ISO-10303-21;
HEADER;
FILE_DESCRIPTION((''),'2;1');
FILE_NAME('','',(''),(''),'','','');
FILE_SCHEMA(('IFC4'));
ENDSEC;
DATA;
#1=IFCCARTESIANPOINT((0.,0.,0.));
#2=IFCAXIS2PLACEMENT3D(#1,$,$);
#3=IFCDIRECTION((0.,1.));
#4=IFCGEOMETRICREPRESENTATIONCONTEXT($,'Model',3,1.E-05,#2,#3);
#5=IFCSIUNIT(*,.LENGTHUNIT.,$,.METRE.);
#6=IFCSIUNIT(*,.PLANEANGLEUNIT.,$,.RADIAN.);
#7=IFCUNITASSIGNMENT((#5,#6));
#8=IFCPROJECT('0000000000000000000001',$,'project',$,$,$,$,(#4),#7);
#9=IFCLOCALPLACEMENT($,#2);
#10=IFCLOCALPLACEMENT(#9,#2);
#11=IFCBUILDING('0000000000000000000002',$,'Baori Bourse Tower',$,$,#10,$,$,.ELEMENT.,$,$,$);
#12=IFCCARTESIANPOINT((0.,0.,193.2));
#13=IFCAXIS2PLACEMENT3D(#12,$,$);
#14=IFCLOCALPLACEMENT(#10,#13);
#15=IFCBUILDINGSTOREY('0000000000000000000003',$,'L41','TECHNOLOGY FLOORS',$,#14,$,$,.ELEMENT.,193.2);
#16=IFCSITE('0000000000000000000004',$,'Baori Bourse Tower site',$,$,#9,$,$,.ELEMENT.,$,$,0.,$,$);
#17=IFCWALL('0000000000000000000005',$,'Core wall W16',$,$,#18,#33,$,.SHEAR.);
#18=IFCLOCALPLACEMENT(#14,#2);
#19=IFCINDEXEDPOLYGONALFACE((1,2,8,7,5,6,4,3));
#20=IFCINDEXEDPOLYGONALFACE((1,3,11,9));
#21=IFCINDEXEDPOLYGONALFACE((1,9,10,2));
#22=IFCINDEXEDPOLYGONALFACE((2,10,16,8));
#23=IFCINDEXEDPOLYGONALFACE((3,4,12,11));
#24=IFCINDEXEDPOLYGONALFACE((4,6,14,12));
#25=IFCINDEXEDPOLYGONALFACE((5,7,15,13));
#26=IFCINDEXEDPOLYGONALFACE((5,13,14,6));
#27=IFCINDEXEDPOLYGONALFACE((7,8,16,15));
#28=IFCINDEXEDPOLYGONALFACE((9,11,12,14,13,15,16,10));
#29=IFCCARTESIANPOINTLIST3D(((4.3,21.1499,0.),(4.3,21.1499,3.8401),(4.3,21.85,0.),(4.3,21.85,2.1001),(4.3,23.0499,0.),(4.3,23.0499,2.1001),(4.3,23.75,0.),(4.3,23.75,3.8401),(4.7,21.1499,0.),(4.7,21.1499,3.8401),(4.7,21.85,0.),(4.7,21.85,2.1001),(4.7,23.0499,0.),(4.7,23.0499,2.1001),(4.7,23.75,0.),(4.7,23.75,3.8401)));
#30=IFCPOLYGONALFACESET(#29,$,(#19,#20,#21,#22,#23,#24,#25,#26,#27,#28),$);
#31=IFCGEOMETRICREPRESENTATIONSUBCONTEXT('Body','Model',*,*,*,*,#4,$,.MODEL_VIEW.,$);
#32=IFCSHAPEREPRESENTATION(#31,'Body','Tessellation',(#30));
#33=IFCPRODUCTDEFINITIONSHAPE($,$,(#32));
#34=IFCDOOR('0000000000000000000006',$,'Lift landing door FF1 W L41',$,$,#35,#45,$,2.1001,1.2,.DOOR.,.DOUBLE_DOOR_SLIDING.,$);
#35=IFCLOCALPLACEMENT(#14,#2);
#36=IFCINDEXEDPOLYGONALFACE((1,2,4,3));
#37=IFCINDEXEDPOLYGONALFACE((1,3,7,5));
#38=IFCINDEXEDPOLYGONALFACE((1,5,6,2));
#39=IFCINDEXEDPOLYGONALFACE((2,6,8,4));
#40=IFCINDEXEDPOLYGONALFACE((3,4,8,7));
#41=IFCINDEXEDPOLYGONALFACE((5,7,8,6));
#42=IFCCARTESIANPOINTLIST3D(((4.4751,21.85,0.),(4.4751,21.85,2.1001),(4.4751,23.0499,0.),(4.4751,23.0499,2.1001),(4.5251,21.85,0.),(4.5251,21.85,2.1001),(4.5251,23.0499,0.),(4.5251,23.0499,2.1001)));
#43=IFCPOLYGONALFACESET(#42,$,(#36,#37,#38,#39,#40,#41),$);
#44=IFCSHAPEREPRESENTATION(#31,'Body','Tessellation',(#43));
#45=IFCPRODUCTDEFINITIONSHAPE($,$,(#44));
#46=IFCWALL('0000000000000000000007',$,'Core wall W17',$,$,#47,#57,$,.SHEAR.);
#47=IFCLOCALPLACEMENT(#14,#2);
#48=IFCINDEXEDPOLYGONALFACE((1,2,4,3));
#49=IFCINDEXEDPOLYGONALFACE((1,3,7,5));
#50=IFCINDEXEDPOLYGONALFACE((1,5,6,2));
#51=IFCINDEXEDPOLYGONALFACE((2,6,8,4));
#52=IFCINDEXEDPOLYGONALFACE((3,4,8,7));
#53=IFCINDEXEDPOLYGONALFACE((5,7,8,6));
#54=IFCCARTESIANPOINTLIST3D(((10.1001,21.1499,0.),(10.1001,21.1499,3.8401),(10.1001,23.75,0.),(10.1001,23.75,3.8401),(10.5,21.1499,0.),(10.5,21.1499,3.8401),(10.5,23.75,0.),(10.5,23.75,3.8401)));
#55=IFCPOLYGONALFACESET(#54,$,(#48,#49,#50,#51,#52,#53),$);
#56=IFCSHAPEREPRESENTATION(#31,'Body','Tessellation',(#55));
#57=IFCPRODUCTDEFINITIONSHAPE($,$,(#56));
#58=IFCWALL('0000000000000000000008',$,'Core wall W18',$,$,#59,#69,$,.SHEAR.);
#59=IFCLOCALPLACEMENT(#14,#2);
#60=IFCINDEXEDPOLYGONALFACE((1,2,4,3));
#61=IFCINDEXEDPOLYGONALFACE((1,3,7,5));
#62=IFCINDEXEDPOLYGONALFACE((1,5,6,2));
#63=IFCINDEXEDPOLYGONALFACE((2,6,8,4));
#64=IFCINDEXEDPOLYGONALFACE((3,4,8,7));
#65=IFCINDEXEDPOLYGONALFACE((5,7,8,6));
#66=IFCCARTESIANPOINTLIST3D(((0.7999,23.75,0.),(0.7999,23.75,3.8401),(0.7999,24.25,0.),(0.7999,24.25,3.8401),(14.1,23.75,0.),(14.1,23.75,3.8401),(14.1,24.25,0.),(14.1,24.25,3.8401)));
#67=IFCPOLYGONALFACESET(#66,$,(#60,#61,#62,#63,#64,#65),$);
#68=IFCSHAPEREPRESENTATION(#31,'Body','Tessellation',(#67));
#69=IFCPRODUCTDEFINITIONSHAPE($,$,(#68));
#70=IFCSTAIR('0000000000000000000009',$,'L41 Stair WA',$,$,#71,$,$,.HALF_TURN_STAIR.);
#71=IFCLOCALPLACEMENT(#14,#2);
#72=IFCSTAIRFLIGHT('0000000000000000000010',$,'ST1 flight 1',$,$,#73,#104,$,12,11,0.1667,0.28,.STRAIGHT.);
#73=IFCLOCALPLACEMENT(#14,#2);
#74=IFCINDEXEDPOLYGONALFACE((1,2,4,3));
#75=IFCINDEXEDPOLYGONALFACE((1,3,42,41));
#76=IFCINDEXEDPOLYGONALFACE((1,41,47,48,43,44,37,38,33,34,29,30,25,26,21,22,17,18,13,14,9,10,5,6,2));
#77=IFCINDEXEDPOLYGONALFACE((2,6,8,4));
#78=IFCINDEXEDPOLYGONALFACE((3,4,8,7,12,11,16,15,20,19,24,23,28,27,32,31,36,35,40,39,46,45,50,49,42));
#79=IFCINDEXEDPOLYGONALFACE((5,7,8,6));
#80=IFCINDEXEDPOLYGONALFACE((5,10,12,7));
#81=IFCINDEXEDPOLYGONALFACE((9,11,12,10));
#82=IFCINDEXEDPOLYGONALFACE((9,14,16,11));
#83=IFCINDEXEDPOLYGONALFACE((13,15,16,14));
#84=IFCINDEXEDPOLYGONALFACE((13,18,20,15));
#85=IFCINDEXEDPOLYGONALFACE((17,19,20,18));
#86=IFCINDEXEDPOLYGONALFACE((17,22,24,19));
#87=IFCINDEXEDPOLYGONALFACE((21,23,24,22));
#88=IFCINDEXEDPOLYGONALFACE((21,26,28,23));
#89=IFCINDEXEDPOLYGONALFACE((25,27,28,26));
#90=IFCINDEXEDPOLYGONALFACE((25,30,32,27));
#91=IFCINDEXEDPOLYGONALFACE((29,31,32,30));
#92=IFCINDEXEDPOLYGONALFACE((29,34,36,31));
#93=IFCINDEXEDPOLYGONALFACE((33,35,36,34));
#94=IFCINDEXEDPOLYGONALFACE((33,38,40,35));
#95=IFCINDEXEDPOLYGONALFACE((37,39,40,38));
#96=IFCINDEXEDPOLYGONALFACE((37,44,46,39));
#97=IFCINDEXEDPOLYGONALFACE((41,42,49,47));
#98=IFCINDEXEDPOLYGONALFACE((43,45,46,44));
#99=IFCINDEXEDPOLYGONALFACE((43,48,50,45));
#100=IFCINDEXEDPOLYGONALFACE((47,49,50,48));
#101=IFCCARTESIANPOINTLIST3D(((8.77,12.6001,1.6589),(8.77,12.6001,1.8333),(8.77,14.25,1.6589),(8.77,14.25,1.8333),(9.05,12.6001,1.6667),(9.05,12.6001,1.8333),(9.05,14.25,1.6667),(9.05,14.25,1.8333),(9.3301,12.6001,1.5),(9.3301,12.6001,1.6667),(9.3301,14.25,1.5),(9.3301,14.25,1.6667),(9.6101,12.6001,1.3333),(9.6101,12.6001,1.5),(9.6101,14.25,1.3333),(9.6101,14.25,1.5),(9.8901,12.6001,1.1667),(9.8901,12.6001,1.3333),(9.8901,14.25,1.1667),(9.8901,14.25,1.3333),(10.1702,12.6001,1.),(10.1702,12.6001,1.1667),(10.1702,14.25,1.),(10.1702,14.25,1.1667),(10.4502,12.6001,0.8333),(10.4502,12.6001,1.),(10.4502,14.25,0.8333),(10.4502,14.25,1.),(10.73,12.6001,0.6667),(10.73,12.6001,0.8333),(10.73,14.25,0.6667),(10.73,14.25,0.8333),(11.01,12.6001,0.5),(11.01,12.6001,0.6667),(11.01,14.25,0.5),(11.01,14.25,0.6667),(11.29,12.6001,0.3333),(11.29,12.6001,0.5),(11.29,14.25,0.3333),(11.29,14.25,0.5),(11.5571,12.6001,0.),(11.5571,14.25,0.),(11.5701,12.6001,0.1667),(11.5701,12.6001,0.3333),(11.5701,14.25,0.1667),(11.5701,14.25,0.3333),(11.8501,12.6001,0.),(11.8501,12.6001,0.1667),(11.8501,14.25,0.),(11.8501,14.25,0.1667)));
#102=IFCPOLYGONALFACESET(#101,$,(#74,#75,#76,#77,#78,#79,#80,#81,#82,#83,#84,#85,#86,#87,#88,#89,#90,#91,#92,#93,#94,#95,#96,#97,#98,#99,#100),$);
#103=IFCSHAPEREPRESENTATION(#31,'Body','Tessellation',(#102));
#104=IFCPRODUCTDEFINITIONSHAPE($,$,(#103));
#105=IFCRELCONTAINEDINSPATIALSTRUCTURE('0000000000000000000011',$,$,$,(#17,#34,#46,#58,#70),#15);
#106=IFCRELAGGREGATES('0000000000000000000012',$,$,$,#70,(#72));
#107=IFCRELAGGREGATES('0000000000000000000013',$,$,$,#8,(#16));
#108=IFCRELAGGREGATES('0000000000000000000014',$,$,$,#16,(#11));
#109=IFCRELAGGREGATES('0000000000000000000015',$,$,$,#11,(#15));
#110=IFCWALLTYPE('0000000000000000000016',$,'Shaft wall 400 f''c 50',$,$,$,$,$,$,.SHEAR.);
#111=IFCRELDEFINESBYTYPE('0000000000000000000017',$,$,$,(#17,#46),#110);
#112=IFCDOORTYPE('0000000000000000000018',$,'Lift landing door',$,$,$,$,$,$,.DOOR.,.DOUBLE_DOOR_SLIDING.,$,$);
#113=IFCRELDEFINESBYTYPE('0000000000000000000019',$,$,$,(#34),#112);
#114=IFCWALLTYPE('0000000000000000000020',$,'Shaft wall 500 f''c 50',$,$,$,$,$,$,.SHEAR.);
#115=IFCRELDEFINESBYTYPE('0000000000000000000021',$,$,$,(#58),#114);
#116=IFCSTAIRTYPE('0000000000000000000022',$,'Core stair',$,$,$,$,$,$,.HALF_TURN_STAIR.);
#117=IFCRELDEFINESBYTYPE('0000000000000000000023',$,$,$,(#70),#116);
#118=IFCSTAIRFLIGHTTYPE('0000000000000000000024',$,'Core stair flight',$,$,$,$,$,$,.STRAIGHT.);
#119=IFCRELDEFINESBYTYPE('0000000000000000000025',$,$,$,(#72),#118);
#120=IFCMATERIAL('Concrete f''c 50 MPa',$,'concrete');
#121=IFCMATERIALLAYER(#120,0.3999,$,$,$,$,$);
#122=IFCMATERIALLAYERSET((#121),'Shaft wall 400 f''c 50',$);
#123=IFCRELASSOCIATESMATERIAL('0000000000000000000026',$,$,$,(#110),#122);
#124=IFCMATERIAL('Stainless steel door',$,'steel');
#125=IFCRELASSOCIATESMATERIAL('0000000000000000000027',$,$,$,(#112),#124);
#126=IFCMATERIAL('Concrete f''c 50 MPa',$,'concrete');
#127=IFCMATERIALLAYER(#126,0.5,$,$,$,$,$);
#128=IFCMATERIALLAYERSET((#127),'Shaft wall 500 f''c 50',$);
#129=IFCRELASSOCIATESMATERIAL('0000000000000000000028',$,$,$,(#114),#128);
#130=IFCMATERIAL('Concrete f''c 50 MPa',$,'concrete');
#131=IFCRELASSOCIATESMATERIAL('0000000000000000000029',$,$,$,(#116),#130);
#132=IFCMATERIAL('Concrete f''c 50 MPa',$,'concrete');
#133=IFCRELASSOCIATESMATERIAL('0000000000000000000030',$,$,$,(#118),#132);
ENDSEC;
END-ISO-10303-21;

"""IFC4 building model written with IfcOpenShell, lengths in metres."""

from ifc_helpers import new_model, si_unit, direction, frame, frame_2d, origin, place, context, subcontext, project, spatial, polyline, rectangle, outline, extrude, material, layer, layer_set, type_object, element, fill, aggregate, save


model = new_model("IFC4")

# Units and contexts
model_context = context("Model", 3, precision=1e-05, world=origin(), true_north=direction((0.0, 1.0)))
body_context = subcontext(model_context, "Body", "Model", "MODEL_VIEW")
ifc_project = project(units=[si_unit("LENGTHUNIT", "METRE"), si_unit("PLANEANGLEUNIT", "RADIAN")], contexts=[model_context])

# Site, building, storey
site_placement = place(None, origin())
site = spatial("IfcSite", under=ifc_project, at=site_placement, Name="Baori Bourse Tower site", CompositionType="ELEMENT", RefElevation=0.0)
building_placement = place(site_placement, origin())
building = spatial("IfcBuilding", under=site, at=building_placement, Name="Baori Bourse Tower", CompositionType="ELEMENT")
storey_placement = place(building_placement, frame((0.0, 0.0, 193.2)))
storey = spatial("IfcBuildingStorey", under=building, at=storey_placement, Name="L41", Description="TECHNOLOGY FLOORS", CompositionType="ELEMENT", Elevation=193.2)

# Shared definitions
ifc_material_1 = material(Name="Concrete f'c 50 MPa", Category="concrete")
ifc_layer_1 = layer(ifc_material_1, 0.3999)
ifc_layer_set_1 = layer_set([ifc_layer_1], Name="Shaft wall 400 f'c 50")
wall_type_1 = type_object("IfcWallType", Name="Shaft wall 400 f'c 50", PredefinedType="SHEAR", material=ifc_layer_set_1)

# Wall, opening, door
wall_1_placement = place(storey_placement, frame((4.5, 21.1499, 0.0), z_axis=(0.0, 0.0, 1.0), x_axis=(0.0, 1.0, 0.0)))
wall_1 = element("IfcWall", 1, at=wall_1_placement, inside=storey, type_object=wall_type_1, Name="Core wall W16", PredefinedType="SHEAR", context=body_context, shape_type="SweptSolid", body=[
    extrude(rectangle(XDim=2.6001, YDim=0.3999, at=frame_2d((1.3, 0.0))), origin(), (0.0, 0.0, 1.0), 3.8401),
])
opening_1_placement = place(wall_1_placement, frame((0.7, 0.0, 0.0)))
opening_1 = element("IfcOpeningElement", 2, at=opening_1_placement, cuts=wall_1, PredefinedType="OPENING", context=body_context, shape_type="SweptSolid", body=[
    extrude(rectangle(XDim=1.2, YDim=2.1001, at=frame_2d((0.6001, 1.05))), frame((0.0, 0.21, 0.0), z_axis=(0.0, -1.0, 0.0), x_axis=(1.0, 0.0, 0.0)), (0.0, 0.0, 1.0), 0.4199),
])
ifc_material_2 = material(Name="Stainless steel door", Category="steel")
door_type_1 = type_object("IfcDoorType", Name="Lift landing door", OperationType="DOUBLE_DOOR_SLIDING", PredefinedType="DOOR", material=ifc_material_2)
door_1_placement = place(opening_1_placement, origin())
door_1 = element("IfcDoor", 3, at=door_1_placement, inside=storey, type_object=door_type_1, Name="Lift landing door FF1 W L41", OperationType="DOUBLE_DOOR_SLIDING", OverallHeight=2.1001, OverallWidth=1.2, PredefinedType="DOOR", context=body_context, shape_type="SweptSolid", body=[
    extrude(rectangle(XDim=1.2, YDim=2.1001, at=frame_2d((0.6001, 1.05))), frame((0.0, 0.0249, 0.0), z_axis=(0.0, -1.0, 0.0), x_axis=(1.0, 0.0, 0.0)), (0.0, 0.0, 1.0), 0.05),
])
fill(opening_1, door_1)

# Walls
wall_2_placement = place(storey_placement, frame((10.3, 21.1499, 0.0), z_axis=(0.0, 0.0, 1.0), x_axis=(0.0, 1.0, 0.0)))
element("IfcWall", 4, at=wall_2_placement, inside=storey, type_object=wall_type_1, Name="Core wall W17", PredefinedType="SHEAR", context=body_context, shape_type="SweptSolid", body=[
    extrude(rectangle(XDim=2.6001, YDim=0.3999, at=frame_2d((1.3, 0.0))), origin(), (0.0, 0.0, 1.0), 3.8401),
])
ifc_material_3 = material(Name="Concrete f'c 50 MPa", Category="concrete")
ifc_layer_2 = layer(ifc_material_3, 0.5)
ifc_layer_set_2 = layer_set([ifc_layer_2], Name="Shaft wall 500 f'c 50")
wall_type_2 = type_object("IfcWallType", Name="Shaft wall 500 f'c 50", PredefinedType="SHEAR", material=ifc_layer_set_2)
wall_3_placement = place(storey_placement, frame((0.8, 24.0, 0.0), z_axis=(0.0, 0.0, 1.0), x_axis=(1.0, 0.0, 0.0)))
element("IfcWall", 5, at=wall_3_placement, inside=storey, type_object=wall_type_2, Name="Core wall W18", PredefinedType="SHEAR", context=body_context, shape_type="SweptSolid", body=[
    extrude(rectangle(XDim=13.3, YDim=0.5, at=frame_2d((6.6499, 0.0))), origin(), (0.0, 0.0, 1.0), 3.8401),
])

# Stair, stair flight
ifc_material_4 = material(Name="Concrete f'c 50 MPa", Category="concrete")
stair_type = type_object("IfcStairType", Name="Core stair", PredefinedType="HALF_TURN_STAIR", material=ifc_material_4)
stair_placement = place(storey_placement, origin())
stair = element("IfcStair", 6, at=stair_placement, inside=storey, type_object=stair_type, Name="L41 Stair WA", PredefinedType="HALF_TURN_STAIR")
ifc_material_5 = material(Name="Concrete f'c 50 MPa", Category="concrete")
stair_flight_type = type_object("IfcStairFlightType", Name="Core stair flight", PredefinedType="STRAIGHT", material=ifc_material_5)
stair_flight_placement = place(storey_placement, frame((11.8501, 13.425, 0.0), z_axis=(0.0, 0.0, 1.0), x_axis=(-1.0, 0.0, 0.0)))
stair_flight = element("IfcStairFlight", 7, at=stair_flight_placement, type_object=stair_flight_type, Name="ST1 flight 1", NumberOfRisers=12, NumberOfTreads=11, PredefinedType="STRAIGHT", RiserHeight=0.1667, TreadLength=0.28, context=body_context, shape_type="SweptSolid", body=[
    extrude(outline(polyline([(0.0, 0.0), (0.0, 0.1667), (0.28, 0.1667), (0.28, 0.3333), (0.5601, 0.3333), (0.5601, 0.5), (0.8401, 0.5), (0.8401, 0.6667), (1.1201, 0.6667), (1.1201, 0.8333), (1.3999, 0.8333), (1.3999, 1.0), (1.6799, 1.0), (1.6799, 1.1667), (1.96, 1.1667), (1.96, 1.3333), (2.24, 1.3333), (2.24, 1.5), (2.52, 1.5), (2.52, 1.6667), (2.8, 1.6667), (2.8, 1.8333), (3.0801, 1.8333), (3.0801, 2.0), (3.0801, 1.6589), (0.293, 0.0), (0.0, 0.0)])), frame((0.0, 0.825, 0.0), z_axis=(0.0, -1.0, 0.0), x_axis=(1.0, 0.0, 0.0)), (0.0, 0.0, 1.0), 1.6499),
])
aggregate(stair, [stair_flight])

save(model, "model.ifc")
